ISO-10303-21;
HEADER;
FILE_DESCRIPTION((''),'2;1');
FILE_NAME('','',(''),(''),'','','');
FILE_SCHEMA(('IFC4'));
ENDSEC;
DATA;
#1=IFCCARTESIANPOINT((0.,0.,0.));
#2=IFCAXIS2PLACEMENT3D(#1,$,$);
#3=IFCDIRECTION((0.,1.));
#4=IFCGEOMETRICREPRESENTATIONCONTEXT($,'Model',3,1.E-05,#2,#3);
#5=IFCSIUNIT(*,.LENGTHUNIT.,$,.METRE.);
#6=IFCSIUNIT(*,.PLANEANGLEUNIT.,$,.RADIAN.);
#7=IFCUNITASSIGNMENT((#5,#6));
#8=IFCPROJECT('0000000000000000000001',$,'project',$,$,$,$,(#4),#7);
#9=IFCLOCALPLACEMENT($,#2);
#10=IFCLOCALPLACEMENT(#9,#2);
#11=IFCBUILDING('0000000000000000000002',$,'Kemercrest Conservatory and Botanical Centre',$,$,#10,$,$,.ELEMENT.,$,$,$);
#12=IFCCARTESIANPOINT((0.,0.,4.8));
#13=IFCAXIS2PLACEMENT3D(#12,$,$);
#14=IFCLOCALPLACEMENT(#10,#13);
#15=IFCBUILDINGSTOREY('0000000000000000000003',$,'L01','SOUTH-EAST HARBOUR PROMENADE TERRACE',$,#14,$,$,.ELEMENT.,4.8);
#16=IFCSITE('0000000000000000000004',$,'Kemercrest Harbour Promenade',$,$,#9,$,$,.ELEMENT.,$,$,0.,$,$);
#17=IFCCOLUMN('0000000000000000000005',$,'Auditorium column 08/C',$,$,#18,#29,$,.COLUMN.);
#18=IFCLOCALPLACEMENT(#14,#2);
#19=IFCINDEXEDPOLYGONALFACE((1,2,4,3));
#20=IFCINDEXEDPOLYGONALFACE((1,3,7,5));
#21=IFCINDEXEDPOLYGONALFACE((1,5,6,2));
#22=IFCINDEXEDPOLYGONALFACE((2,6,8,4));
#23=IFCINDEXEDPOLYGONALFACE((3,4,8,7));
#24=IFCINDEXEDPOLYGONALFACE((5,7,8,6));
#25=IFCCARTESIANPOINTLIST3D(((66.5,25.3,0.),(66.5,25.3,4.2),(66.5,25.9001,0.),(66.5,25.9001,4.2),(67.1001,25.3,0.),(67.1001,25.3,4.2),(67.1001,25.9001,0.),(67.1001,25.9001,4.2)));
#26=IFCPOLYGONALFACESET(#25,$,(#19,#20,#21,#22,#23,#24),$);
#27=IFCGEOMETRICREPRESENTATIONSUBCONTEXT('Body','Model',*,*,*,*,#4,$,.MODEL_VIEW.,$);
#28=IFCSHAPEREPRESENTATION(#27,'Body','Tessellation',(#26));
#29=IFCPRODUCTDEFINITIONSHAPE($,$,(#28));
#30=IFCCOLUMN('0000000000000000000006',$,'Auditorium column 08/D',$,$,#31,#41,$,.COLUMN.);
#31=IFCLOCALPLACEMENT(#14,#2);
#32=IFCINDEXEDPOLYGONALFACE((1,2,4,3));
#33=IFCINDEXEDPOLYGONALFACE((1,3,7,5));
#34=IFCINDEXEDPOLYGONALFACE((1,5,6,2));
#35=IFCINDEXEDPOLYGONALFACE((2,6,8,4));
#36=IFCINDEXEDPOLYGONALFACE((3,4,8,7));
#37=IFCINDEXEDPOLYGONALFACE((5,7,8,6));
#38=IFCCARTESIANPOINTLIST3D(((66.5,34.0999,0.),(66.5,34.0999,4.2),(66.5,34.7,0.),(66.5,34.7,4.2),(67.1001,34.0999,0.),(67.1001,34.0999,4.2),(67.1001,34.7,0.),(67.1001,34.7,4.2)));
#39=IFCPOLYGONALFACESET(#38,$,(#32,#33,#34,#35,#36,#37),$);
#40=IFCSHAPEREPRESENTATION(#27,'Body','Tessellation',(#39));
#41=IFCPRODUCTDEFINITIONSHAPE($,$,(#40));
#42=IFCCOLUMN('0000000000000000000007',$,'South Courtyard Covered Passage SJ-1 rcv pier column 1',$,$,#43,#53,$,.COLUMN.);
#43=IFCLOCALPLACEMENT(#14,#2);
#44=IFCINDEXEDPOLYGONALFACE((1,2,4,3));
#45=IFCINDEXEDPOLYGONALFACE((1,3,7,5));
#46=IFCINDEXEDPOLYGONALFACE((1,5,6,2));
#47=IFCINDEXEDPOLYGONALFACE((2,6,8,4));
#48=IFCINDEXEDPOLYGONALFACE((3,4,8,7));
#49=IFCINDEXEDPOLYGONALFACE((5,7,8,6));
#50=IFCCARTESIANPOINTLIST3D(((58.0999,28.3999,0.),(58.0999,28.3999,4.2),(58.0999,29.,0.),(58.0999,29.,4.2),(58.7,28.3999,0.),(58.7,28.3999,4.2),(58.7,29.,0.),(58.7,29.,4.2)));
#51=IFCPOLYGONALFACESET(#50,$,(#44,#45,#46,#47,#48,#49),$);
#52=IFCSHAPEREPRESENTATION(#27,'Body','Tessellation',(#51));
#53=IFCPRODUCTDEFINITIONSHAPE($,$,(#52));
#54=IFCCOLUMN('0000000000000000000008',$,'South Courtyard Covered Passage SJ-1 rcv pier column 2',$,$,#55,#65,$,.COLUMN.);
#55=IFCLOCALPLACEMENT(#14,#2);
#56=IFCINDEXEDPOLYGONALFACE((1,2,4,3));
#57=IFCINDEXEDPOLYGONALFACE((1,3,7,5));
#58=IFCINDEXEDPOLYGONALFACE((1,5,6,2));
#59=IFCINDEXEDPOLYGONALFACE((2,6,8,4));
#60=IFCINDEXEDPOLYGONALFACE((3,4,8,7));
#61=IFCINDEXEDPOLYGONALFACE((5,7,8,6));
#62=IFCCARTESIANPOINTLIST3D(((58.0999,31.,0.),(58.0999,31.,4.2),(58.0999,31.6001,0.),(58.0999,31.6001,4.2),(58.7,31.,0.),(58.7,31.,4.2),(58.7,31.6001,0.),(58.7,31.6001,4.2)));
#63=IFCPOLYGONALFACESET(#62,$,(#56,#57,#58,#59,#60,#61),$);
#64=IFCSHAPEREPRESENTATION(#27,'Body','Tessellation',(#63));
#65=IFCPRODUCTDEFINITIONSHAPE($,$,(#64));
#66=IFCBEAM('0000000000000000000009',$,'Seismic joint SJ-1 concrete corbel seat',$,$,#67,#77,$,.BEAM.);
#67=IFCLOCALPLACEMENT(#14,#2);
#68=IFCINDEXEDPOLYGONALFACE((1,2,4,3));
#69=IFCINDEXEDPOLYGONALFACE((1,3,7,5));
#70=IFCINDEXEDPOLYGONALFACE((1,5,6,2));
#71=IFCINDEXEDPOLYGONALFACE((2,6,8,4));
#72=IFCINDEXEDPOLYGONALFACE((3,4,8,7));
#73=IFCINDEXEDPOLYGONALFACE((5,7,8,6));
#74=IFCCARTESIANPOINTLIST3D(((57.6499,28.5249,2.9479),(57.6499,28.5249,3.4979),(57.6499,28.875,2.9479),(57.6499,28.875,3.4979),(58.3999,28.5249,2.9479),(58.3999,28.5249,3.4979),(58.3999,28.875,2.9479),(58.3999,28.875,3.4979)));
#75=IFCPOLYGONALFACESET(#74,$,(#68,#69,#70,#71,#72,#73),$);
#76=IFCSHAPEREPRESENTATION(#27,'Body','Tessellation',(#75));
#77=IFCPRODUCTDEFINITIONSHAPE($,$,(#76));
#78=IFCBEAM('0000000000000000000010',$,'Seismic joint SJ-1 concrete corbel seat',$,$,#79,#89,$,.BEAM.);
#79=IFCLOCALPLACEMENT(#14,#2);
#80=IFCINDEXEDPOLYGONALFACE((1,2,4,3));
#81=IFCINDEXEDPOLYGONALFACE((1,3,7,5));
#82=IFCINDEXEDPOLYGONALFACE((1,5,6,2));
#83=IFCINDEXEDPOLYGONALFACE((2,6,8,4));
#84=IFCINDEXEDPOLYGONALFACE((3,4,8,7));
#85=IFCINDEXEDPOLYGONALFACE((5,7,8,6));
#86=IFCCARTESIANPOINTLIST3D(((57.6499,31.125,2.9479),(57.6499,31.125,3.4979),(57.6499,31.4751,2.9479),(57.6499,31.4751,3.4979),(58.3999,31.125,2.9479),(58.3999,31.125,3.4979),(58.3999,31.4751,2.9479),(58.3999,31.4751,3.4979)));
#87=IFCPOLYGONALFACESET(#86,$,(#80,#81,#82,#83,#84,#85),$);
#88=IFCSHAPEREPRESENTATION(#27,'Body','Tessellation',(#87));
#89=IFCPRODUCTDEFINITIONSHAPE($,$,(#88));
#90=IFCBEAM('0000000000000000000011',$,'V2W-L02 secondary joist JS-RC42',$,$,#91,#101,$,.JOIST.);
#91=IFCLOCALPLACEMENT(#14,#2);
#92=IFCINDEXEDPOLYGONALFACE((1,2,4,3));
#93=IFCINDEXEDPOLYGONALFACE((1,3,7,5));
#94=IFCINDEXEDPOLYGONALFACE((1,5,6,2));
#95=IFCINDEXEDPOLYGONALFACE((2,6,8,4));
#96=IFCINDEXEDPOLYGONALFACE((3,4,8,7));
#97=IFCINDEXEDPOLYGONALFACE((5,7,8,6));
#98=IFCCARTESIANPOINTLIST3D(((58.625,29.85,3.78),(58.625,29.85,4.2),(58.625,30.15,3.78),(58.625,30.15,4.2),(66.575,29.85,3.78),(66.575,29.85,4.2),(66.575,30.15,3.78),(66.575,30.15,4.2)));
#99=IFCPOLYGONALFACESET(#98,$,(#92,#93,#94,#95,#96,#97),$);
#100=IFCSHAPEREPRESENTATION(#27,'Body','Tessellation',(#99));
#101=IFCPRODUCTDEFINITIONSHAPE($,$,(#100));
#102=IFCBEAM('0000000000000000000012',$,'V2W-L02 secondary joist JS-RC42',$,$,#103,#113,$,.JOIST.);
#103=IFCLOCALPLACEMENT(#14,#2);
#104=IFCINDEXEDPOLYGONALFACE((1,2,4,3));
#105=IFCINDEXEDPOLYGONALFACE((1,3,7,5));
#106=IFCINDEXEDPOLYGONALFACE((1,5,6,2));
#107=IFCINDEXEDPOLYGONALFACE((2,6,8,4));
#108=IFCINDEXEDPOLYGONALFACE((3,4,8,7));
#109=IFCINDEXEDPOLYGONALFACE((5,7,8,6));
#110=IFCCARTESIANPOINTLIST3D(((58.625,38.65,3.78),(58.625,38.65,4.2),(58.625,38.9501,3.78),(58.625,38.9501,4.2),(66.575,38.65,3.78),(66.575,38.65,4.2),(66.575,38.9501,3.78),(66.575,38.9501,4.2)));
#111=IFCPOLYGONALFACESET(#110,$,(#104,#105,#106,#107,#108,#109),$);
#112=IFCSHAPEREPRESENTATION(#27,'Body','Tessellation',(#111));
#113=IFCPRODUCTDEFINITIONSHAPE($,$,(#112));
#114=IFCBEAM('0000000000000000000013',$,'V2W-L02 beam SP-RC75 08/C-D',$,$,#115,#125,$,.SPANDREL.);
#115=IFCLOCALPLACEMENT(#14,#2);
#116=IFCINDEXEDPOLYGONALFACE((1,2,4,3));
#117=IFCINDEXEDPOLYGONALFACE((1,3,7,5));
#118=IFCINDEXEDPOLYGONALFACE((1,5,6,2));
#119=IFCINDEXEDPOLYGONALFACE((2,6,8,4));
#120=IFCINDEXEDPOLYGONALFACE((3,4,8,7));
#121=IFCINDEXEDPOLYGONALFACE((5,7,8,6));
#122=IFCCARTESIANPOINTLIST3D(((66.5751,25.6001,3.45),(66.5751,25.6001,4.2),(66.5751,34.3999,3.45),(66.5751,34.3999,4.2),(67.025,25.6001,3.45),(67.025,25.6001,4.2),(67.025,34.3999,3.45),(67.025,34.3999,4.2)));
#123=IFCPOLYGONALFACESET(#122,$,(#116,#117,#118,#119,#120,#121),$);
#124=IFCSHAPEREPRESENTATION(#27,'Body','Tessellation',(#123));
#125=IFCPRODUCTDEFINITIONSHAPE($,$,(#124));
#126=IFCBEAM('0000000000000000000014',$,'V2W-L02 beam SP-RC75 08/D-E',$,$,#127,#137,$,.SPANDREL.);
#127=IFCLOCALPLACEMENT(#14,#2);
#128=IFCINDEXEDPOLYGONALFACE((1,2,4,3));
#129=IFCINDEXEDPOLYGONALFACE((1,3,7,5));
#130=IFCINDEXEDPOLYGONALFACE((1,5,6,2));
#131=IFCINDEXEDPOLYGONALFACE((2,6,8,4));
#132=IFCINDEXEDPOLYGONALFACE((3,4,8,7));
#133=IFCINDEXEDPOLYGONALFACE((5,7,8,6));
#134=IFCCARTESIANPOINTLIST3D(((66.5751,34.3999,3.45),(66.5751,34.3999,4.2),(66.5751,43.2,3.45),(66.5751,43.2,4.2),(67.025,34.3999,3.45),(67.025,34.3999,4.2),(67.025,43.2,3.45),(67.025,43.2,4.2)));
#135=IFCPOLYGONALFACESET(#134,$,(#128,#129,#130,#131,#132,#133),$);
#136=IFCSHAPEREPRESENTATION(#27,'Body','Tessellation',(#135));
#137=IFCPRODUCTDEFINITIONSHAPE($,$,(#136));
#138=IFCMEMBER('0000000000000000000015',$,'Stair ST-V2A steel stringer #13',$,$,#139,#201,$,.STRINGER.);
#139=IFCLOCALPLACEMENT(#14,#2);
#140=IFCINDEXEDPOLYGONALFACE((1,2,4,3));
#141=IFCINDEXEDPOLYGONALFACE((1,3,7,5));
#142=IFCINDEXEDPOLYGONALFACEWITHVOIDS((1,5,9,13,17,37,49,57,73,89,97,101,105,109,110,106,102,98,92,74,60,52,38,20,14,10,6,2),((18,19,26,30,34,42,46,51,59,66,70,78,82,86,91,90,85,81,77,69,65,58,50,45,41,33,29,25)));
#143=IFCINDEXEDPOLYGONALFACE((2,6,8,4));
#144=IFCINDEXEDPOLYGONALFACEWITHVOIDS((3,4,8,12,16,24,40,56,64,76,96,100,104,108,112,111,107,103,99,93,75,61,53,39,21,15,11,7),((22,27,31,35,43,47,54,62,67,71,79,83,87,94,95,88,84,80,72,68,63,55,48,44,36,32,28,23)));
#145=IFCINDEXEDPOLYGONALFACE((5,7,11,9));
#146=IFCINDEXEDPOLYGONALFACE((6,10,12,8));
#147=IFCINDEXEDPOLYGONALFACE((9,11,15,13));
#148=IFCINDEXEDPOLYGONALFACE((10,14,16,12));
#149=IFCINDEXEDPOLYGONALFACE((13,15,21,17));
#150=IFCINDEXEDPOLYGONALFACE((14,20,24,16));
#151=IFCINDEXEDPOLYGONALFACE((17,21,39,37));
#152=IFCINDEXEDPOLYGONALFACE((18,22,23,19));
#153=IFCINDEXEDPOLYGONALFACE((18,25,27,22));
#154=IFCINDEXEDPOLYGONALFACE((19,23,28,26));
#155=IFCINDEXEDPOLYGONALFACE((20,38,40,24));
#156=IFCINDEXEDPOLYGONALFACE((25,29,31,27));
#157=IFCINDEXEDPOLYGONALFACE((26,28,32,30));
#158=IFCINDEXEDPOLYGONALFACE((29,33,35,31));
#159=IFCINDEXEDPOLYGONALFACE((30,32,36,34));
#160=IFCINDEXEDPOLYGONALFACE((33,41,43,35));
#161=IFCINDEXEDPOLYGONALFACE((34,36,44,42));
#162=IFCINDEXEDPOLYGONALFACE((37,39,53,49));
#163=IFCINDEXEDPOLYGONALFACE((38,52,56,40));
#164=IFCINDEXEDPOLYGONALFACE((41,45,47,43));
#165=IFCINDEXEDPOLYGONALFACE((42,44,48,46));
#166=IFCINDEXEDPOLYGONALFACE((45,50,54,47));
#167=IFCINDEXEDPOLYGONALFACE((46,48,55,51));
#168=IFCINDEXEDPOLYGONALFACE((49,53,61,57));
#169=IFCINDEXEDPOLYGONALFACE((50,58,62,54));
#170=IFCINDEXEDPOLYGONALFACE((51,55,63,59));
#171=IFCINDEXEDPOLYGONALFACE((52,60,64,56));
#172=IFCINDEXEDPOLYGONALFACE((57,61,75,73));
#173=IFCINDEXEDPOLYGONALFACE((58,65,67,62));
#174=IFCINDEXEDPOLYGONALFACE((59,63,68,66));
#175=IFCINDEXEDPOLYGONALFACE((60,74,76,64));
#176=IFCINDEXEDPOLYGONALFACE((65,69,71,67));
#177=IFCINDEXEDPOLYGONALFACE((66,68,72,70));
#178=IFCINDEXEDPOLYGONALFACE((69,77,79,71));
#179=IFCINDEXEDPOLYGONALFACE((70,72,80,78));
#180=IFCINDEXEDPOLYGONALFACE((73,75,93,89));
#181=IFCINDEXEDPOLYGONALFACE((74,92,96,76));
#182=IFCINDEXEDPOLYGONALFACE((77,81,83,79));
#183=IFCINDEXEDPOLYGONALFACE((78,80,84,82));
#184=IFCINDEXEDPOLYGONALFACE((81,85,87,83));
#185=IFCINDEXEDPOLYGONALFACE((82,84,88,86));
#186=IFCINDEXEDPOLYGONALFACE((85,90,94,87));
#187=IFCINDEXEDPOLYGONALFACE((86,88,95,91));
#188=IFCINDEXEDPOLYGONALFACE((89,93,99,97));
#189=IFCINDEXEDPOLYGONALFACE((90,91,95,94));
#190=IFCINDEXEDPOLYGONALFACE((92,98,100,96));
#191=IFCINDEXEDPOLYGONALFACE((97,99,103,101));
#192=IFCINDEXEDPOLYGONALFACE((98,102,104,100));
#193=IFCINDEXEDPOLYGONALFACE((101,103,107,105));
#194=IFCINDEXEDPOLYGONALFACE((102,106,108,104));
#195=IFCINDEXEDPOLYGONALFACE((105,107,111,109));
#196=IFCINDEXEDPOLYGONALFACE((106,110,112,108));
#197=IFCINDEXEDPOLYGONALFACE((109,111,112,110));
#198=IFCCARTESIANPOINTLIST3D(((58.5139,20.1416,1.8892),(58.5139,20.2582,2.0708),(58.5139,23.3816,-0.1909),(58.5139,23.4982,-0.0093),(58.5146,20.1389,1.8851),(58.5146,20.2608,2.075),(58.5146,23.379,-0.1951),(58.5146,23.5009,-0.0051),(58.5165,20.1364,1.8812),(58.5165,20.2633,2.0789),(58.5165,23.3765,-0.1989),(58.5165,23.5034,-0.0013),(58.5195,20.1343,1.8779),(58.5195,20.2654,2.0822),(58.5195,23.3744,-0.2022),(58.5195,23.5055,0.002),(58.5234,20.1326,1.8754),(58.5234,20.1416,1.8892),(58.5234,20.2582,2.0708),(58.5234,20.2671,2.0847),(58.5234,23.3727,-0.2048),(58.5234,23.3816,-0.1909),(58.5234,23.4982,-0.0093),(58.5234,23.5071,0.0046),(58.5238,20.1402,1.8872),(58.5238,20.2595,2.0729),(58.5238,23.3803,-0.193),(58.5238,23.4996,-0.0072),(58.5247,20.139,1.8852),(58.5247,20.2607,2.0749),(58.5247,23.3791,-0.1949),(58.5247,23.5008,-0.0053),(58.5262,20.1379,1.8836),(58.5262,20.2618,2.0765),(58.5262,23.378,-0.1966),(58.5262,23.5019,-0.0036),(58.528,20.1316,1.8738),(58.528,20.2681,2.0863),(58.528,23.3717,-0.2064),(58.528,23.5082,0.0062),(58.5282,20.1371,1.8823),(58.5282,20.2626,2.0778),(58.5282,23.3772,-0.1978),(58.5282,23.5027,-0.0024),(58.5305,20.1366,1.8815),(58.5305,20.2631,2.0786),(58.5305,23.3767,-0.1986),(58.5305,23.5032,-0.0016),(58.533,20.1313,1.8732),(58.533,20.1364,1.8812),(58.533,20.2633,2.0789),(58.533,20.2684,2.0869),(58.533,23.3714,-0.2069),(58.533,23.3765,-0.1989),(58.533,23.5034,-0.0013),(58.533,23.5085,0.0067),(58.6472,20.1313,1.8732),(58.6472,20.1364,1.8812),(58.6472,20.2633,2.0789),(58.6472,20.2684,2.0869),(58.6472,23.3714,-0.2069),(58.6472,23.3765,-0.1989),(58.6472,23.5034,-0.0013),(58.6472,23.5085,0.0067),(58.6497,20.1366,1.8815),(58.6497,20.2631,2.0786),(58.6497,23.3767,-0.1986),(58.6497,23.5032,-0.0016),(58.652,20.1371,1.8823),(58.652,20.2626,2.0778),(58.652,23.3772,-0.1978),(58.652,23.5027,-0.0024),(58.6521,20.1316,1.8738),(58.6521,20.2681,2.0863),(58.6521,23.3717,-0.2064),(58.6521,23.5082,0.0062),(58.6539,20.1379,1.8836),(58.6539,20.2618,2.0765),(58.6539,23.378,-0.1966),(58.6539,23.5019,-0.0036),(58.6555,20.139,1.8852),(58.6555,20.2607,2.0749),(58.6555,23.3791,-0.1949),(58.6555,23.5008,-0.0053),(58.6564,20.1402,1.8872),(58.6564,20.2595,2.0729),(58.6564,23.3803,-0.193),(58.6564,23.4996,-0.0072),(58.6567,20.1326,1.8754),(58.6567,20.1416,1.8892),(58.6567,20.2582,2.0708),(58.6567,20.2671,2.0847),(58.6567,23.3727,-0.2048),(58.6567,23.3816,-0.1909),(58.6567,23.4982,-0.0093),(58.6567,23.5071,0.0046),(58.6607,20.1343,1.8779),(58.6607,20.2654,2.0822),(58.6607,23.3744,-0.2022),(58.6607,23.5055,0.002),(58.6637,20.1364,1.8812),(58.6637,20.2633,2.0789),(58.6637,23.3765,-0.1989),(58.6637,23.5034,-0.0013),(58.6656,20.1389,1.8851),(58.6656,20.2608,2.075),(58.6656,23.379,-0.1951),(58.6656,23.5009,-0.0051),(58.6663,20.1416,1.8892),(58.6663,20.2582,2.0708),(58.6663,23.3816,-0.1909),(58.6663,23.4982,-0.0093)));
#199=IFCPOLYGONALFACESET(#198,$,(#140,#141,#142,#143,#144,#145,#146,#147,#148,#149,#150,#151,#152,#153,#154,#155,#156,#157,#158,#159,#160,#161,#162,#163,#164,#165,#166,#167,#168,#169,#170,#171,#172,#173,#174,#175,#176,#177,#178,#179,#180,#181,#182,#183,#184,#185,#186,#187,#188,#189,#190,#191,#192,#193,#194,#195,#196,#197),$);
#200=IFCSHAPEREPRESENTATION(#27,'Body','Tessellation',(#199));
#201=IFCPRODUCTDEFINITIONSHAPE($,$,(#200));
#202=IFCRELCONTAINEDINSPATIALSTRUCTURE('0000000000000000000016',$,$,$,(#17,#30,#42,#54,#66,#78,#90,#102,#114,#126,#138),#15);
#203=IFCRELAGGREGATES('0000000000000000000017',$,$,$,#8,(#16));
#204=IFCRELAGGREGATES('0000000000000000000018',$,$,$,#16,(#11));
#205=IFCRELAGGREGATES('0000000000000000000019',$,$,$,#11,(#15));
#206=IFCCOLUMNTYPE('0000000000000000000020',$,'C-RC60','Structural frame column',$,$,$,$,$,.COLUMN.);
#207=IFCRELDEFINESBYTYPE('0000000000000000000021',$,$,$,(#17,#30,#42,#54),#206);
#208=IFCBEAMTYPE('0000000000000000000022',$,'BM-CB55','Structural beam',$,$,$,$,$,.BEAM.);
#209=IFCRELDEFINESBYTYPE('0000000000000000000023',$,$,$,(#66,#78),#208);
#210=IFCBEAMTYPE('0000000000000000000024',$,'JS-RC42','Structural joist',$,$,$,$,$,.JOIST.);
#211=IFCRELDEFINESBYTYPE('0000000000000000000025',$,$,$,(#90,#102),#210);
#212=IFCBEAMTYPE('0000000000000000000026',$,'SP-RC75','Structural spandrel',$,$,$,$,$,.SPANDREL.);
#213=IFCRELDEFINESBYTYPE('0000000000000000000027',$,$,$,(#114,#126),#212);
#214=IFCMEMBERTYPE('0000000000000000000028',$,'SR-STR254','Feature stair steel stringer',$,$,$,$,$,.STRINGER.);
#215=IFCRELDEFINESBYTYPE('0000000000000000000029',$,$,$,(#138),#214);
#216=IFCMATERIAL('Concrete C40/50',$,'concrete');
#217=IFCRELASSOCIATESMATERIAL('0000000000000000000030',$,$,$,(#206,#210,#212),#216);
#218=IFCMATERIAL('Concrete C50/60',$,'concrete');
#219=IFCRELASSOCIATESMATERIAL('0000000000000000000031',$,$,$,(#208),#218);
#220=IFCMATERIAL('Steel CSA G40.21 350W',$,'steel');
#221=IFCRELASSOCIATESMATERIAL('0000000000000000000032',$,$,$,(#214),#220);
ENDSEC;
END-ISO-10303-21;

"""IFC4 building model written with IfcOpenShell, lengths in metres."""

from ifc_helpers import new_model, si_unit, direction, frame, origin, origin_2d, place, context, subcontext, project, spatial, rectangle, hollow_rectangle, extrude, material, material_profile, profile_set, type_object, element, save


model = new_model("IFC4")

# Units and contexts
model_context = context("Model", 3, precision=1e-05, world=origin(), true_north=direction((0.0, 1.0)))
body_context = subcontext(model_context, "Body", "Model", "MODEL_VIEW")
ifc_project = project(units=[si_unit("LENGTHUNIT", "METRE"), si_unit("PLANEANGLEUNIT", "RADIAN")], contexts=[model_context])

# Site, building, storey
site_placement = place(None, origin())
site = spatial("IfcSite", under=ifc_project, at=site_placement, Name="Kemercrest Harbour Promenade", CompositionType="ELEMENT", RefElevation=0.0)
building_placement = place(site_placement, origin())
building = spatial("IfcBuilding", under=site, at=building_placement, Name="Kemercrest Conservatory and Botanical Centre", CompositionType="ELEMENT")
storey_placement = place(building_placement, frame((0.0, 0.0, 4.8)))
storey = spatial("IfcBuildingStorey", under=building, at=storey_placement, Name="L01", Description="SOUTH-EAST HARBOUR PROMENADE TERRACE", CompositionType="ELEMENT", Elevation=4.8)

# Columns
ifc_material_1 = material(Name="Concrete C40/50", Category="concrete")
ifc_material_profile_1 = material_profile(ifc_material_1, rectangle(XDim=0.6001, YDim=0.6001, at=origin_2d()), Name="RC 600x600")
ifc_profile_set_1 = profile_set([ifc_material_profile_1], Name="Concrete C40/50")
column_type = type_object("IfcColumnType", Name="C-RC60", Description="Structural frame column", PredefinedType="COLUMN", material=ifc_profile_set_1)
for number, where, z_axis, x_axis, name in (
    (1, (66.8, 25.6001, 0.0), (0.0, 0.0, 1.0), (1.0, 0.0, 0.0), "Auditorium column 08/C"),
    (2, (66.8, 34.3999, 0.0), (0.0, 0.0, 1.0), (1.0, 0.0, 0.0), "Auditorium column 08/D"),
    (3, (58.3999, 28.7, 0.0), (0.0, 0.0, 1.0), (1.0, 0.0, 0.0), "South Courtyard Covered Passage SJ-1 rcv pier column 1"),
    (4, (58.3999, 31.3, 0.0), (0.0, 0.0, 1.0), (1.0, 0.0, 0.0), "South Courtyard Covered Passage SJ-1 rcv pier column 2"),
):
    element("IfcColumn", number, at=place(storey_placement, frame(where, z_axis=z_axis, x_axis=x_axis)), inside=storey, type_object=column_type, Name=name, PredefinedType="COLUMN", context=body_context, shape_type="SweptSolid", body=[
        extrude(rectangle(XDim=0.6001, YDim=0.6001, at=origin_2d()), origin(), (0.0, 0.0, 1.0), 4.2),
    ])

# Beams
ifc_material_2 = material(Name="Concrete C50/60", Category="concrete")
ifc_material_profile_2 = material_profile(ifc_material_2, rectangle(XDim=0.3501, YDim=0.55, at=origin_2d()), Name="RC 350x550")
ifc_profile_set_2 = profile_set([ifc_material_profile_2], Name="Concrete C50/60")
beam_type_1 = type_object("IfcBeamType", Name="BM-CB55", Description="Structural beam", PredefinedType="BEAM", material=ifc_profile_set_2)
for number, where, z_axis, x_axis, name in (
    (5, (58.3999, 28.7, 3.2229), (-1.0, 0.0, 0.0), (0.0, -1.0, 0.0), "Seismic joint SJ-1 concrete corbel seat"),
    (6, (58.3999, 31.3, 3.2229), (-1.0, 0.0, 0.0), (0.0, -1.0, 0.0), "Seismic joint SJ-1 concrete corbel seat"),
):
    element("IfcBeam", number, at=place(storey_placement, frame(where, z_axis=z_axis, x_axis=x_axis)), inside=storey, type_object=beam_type_1, Name=name, PredefinedType="BEAM", context=body_context, shape_type="SweptSolid", body=[
        extrude(rectangle(XDim=0.3501, YDim=0.55, at=origin_2d()), origin(), (0.0, 0.0, 1.0), 0.75),
    ])
ifc_material_profile_3 = material_profile(ifc_material_1, rectangle(XDim=0.3, YDim=0.4199, at=origin_2d()), Name="RC 300x420")
ifc_profile_set_3 = profile_set([ifc_material_profile_3], Name="Concrete C40/50")
beam_type_2 = type_object("IfcBeamType", Name="JS-RC42", Description="Structural joist", PredefinedType="JOIST", material=ifc_profile_set_3)
for number, where, z_axis, x_axis, name in (
    (7, (58.625, 30.0, 3.99), (1.0, 0.0, 0.0), (0.0, 1.0, 0.0), "V2W-L02 secondary joist JS-RC42"),
    (8, (58.625, 38.8, 3.99), (1.0, 0.0, 0.0), (0.0, 1.0, 0.0), "V2W-L02 secondary joist JS-RC42"),
):
    element("IfcBeam", number, at=place(storey_placement, frame(where, z_axis=z_axis, x_axis=x_axis)), inside=storey, type_object=beam_type_2, Name=name, PredefinedType="JOIST", context=body_context, shape_type="SweptSolid", body=[
        extrude(rectangle(XDim=0.3, YDim=0.4199, at=origin_2d()), origin(), (0.0, 0.0, 1.0), 7.95),
    ])
ifc_material_profile_4 = material_profile(ifc_material_1, rectangle(XDim=0.45, YDim=0.75, at=origin_2d()), Name="RC 450x750")
ifc_profile_set_4 = profile_set([ifc_material_profile_4], Name="Concrete C40/50")
beam_type_3 = type_object("IfcBeamType", Name="SP-RC75", Description="Structural spandrel", PredefinedType="SPANDREL", material=ifc_profile_set_4)
beam_1_placement = place(storey_placement, frame((66.8, 25.6001, 3.825), z_axis=(0.0, 1.0, 0.0), x_axis=(-1.0, 0.0, 0.0)))
element("IfcBeam", 9, at=beam_1_placement, inside=storey, type_object=beam_type_3, Name="V2W-L02 beam SP-RC75 08/C-D", PredefinedType="SPANDREL", context=body_context, shape_type="SweptSolid", body=[
    extrude(rectangle(XDim=0.45, YDim=0.75, at=origin_2d()), origin(), (0.0, 0.0, 1.0), 8.7998),
])
beam_2_placement = place(storey_placement, frame((66.8, 34.3999, 3.825), z_axis=(0.0, 1.0, 0.0), x_axis=(-1.0, 0.0, 0.0)))
element("IfcBeam", 10, at=beam_2_placement, inside=storey, type_object=beam_type_3, Name="V2W-L02 beam SP-RC75 08/D-E", PredefinedType="SPANDREL", context=body_context, shape_type="SweptSolid", body=[
    extrude(rectangle(XDim=0.45, YDim=0.75, at=origin_2d()), origin(), (0.0, 0.0, 1.0), 8.8),
])

# Member
ifc_material_3 = material(Name="Steel CSA G40.21 350W", Category="steel")
ifc_material_profile_5 = material_profile(ifc_material_3, hollow_rectangle(XDim=0.1523, YDim=0.2539, WallThickness=0.0095, InnerFilletRadius=0.0095, OuterFilletRadius=0.019, at=origin_2d()), Name="HSS 254x152x9.5")
ifc_profile_set_5 = profile_set([ifc_material_profile_5], Name="Steel CSA G40.21 350W")
member_type = type_object("IfcMemberType", Name="SR-STR254", Description="Feature stair steel stringer", PredefinedType="STRINGER", material=ifc_profile_set_5)
member_1_placement = place(storey_placement, frame((58.5901, 23.4399, -0.1001), z_axis=(0.0, -0.841506, 0.540248), x_axis=(1.0, 0.0, 0.0)))
element("IfcMember", 11, at=member_1_placement, inside=storey, type_object=member_type, Name="Stair ST-V2A steel stringer #13", PredefinedType="STRINGER", context=body_context, shape_type="SweptSolid", body=[
    extrude(hollow_rectangle(XDim=0.1523, YDim=0.2539, WallThickness=0.0095, InnerFilletRadius=0.0095, OuterFilletRadius=0.019, at=origin_2d()), origin(), (0.0, 0.0, 1.0), 3.8503),
])

save(model, "model.ifc")
